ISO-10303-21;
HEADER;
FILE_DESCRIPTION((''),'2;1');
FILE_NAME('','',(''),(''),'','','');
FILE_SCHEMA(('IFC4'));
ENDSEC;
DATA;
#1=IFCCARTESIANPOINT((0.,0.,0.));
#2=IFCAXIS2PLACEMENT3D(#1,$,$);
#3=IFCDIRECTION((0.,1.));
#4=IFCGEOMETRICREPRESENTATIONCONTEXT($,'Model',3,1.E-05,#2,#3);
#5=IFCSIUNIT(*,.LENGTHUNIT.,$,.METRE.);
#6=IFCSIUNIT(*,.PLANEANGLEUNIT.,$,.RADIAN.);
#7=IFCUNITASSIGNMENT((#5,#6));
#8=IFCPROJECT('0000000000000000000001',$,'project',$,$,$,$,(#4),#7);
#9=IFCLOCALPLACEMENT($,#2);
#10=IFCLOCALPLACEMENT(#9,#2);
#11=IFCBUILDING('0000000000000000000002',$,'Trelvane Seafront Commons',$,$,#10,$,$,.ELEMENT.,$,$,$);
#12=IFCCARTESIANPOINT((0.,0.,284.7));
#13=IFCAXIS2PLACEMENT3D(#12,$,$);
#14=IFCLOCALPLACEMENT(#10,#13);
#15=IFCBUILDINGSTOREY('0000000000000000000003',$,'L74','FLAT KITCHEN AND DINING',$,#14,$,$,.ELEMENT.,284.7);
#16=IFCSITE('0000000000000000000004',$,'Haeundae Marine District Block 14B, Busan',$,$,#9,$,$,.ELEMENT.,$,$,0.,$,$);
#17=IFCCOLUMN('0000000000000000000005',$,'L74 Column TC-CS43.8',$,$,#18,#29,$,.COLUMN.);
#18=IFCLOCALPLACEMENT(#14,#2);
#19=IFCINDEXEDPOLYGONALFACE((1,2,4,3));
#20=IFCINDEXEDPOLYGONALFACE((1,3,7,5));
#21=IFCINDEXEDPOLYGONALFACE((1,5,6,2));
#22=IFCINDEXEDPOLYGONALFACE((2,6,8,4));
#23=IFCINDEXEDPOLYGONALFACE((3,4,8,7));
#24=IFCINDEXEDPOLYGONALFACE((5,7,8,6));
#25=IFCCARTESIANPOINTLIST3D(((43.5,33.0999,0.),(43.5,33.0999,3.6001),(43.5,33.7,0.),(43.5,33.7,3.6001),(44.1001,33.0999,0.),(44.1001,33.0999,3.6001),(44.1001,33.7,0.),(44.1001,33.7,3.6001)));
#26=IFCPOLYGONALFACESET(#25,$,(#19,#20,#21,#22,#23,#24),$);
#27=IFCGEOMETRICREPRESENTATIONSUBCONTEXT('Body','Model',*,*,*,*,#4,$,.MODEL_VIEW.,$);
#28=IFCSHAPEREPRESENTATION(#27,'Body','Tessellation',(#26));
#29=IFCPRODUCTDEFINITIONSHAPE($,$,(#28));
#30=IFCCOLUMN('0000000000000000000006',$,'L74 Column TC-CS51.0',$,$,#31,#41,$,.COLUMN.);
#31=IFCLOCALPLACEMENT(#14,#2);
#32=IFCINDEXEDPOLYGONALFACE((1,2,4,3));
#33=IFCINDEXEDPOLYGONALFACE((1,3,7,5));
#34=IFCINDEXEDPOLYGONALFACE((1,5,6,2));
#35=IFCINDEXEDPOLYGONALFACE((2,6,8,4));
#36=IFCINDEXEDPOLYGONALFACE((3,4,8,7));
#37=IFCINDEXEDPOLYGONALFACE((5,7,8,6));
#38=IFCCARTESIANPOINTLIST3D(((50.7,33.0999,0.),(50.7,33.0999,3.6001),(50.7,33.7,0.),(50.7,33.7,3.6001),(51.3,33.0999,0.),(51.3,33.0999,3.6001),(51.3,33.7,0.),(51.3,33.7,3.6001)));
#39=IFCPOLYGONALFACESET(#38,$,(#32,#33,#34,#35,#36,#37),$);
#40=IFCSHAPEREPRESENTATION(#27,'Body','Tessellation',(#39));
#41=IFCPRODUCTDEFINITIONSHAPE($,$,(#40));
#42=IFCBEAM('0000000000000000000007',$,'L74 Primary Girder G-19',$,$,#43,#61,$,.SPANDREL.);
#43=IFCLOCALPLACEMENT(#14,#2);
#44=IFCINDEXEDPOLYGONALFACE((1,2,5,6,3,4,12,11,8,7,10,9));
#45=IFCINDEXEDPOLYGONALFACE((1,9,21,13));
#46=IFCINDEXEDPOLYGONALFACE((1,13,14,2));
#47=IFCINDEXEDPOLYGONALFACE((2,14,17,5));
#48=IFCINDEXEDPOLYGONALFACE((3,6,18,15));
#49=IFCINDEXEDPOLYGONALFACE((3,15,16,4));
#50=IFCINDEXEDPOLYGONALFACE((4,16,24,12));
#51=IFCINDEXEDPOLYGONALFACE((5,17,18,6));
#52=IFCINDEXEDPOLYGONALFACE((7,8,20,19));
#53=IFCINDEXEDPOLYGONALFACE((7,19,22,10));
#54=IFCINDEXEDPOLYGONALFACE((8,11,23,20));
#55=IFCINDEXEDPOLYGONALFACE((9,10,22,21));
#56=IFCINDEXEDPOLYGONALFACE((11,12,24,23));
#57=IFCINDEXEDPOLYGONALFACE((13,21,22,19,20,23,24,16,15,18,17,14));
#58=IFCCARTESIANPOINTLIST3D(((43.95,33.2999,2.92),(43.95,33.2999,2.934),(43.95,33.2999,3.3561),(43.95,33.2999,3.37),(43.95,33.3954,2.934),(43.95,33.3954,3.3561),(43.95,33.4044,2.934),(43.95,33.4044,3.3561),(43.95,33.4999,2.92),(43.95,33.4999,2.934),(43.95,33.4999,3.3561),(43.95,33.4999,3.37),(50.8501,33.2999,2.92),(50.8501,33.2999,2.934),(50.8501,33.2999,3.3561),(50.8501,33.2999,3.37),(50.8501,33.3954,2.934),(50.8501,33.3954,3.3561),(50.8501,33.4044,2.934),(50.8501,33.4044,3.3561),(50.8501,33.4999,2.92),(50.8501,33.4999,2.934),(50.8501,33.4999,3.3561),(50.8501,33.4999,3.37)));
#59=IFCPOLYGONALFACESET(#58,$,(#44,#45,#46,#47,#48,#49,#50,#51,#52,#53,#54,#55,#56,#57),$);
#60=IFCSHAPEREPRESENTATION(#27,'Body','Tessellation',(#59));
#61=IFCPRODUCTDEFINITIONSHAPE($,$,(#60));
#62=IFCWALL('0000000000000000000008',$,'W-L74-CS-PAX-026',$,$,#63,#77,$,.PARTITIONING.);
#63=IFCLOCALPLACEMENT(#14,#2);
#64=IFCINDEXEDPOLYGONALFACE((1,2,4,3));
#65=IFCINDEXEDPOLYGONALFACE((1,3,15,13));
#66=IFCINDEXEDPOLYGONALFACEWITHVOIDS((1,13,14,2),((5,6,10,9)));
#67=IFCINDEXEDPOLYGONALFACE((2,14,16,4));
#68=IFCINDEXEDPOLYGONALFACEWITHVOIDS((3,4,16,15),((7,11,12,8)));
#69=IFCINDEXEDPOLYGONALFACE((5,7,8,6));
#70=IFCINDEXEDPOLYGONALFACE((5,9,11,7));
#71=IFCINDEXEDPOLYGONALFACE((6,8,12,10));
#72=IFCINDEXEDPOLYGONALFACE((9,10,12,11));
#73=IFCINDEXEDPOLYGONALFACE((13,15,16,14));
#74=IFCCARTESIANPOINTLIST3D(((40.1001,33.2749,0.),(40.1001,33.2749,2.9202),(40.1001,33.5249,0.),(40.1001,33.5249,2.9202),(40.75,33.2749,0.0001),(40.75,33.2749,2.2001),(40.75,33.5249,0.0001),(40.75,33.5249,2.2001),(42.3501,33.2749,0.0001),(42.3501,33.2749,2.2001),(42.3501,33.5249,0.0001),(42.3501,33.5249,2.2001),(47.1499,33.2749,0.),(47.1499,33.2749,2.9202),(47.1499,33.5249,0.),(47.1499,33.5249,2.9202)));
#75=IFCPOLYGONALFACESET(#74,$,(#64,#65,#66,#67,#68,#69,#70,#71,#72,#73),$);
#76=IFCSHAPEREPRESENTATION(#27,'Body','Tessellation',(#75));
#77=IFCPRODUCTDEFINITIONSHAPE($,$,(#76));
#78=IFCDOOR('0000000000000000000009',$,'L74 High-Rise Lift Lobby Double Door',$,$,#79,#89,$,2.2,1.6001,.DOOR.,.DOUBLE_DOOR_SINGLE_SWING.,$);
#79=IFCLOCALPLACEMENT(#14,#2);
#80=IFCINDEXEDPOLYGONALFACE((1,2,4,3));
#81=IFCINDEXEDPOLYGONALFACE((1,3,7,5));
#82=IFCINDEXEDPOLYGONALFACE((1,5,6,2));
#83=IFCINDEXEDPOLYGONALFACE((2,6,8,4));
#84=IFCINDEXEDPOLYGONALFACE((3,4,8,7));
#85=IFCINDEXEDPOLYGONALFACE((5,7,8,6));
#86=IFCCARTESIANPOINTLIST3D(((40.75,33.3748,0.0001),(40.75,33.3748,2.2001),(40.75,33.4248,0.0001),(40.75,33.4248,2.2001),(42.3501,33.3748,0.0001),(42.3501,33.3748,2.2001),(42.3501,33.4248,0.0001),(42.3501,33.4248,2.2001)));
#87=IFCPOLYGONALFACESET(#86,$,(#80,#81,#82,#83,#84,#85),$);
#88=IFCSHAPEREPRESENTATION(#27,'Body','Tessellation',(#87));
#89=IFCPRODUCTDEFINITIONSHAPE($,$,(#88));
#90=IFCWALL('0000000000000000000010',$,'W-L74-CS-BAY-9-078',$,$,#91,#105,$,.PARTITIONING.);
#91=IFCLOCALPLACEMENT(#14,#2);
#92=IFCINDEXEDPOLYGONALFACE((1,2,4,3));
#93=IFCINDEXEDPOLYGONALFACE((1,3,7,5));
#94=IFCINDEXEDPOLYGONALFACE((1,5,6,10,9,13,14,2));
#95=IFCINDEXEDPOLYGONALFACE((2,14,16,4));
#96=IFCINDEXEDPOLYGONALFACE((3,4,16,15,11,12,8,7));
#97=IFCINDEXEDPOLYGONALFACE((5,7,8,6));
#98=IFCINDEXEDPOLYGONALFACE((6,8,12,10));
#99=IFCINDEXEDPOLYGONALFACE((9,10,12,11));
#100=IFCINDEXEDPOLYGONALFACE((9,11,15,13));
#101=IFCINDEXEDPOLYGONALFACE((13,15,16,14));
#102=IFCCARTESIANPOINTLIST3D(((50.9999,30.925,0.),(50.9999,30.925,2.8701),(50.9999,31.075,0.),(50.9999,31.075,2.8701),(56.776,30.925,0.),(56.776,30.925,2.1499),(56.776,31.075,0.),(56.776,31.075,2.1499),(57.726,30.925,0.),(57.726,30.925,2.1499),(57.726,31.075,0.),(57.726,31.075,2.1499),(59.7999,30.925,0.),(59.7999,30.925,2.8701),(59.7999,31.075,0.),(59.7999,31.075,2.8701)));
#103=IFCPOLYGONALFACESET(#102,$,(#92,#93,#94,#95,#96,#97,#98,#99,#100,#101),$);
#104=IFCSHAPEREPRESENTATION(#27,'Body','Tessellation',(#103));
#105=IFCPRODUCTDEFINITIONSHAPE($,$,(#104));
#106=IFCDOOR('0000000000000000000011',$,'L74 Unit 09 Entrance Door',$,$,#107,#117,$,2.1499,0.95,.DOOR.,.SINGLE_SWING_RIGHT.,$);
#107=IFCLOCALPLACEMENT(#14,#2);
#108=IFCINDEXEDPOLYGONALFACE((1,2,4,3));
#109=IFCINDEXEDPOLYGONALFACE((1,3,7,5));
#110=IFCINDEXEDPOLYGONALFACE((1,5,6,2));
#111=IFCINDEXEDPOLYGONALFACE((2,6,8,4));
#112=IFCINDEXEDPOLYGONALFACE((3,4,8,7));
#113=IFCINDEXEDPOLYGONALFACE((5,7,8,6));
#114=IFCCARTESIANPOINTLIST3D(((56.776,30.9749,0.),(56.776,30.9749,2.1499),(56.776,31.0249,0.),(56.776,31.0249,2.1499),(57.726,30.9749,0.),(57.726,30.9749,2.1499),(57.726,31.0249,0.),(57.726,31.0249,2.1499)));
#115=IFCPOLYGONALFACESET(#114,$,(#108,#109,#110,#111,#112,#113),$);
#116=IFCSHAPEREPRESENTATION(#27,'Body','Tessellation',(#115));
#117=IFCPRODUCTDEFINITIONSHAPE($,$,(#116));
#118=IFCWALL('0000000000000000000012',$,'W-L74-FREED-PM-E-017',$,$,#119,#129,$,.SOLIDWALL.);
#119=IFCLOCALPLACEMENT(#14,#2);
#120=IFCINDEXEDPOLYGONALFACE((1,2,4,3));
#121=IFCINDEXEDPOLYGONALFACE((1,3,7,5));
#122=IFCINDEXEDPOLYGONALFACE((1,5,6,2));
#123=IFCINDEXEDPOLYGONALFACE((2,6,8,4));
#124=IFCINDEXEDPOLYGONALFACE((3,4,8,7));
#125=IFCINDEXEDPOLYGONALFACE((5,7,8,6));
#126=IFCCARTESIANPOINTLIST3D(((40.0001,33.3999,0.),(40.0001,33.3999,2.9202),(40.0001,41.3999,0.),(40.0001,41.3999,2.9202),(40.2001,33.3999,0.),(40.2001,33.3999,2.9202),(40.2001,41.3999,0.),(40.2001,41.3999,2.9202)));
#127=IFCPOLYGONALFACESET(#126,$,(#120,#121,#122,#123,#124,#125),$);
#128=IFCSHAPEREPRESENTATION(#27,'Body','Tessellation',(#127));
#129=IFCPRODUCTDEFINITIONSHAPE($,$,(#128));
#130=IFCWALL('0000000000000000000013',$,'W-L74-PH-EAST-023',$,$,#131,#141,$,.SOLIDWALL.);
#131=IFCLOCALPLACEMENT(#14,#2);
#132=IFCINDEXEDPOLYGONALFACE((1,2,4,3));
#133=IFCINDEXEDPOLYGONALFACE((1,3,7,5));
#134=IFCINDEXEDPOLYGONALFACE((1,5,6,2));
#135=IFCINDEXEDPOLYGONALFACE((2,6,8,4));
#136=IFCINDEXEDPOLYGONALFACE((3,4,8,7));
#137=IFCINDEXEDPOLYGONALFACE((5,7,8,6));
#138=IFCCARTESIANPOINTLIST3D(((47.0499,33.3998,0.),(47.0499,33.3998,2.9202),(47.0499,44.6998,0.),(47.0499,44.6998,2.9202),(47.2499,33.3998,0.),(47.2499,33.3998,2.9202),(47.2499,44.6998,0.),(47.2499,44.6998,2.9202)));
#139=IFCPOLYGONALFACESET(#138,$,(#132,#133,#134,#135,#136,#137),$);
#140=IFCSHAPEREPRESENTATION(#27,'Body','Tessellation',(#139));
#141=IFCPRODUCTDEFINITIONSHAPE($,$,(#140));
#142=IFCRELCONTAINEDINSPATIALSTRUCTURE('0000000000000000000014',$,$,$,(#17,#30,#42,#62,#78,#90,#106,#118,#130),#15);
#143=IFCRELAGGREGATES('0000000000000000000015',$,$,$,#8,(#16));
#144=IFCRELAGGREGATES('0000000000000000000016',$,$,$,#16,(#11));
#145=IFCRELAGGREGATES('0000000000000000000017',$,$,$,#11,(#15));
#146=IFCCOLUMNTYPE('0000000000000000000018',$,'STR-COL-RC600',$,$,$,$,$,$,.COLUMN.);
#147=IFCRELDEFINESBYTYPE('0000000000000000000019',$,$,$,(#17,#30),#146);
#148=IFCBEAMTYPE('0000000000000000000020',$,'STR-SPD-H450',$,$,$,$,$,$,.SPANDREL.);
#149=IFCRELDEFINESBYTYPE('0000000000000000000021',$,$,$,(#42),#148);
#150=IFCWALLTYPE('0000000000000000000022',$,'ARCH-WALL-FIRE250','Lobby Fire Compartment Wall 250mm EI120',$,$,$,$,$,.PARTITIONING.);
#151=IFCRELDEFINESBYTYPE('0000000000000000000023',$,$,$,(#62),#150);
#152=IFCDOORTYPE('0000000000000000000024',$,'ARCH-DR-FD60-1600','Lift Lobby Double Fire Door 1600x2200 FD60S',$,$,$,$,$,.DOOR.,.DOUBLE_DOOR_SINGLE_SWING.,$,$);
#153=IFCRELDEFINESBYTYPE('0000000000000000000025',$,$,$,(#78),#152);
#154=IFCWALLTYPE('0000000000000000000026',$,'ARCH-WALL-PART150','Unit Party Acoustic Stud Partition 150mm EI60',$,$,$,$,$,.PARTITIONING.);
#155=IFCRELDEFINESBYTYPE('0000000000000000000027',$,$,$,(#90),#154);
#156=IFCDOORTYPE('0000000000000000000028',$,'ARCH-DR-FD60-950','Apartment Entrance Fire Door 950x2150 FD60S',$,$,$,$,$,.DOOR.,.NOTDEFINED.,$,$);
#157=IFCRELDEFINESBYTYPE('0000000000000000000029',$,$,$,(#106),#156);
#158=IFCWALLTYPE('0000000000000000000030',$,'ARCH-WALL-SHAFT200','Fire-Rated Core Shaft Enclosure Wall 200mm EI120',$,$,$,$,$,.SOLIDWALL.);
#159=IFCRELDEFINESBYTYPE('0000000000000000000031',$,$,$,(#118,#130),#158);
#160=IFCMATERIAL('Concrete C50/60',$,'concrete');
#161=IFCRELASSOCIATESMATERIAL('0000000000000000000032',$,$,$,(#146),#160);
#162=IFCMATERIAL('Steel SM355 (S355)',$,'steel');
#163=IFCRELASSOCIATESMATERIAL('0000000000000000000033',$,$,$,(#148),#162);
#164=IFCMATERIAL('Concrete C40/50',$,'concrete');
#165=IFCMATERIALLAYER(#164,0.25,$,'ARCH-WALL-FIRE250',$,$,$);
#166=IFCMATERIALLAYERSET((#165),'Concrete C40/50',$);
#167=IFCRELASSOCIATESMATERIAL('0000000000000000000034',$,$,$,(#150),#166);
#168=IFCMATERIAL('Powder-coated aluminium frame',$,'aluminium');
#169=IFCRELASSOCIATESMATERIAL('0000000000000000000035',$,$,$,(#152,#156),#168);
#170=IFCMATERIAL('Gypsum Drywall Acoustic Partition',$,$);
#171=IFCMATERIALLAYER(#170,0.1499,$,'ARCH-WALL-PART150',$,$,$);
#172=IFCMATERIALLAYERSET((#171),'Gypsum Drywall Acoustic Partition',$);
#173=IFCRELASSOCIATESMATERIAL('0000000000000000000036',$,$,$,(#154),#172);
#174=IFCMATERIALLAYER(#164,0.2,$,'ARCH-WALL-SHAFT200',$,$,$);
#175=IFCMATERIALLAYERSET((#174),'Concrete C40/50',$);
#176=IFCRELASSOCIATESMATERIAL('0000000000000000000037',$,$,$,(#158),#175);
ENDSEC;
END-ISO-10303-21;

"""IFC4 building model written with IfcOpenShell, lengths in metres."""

from ifc_helpers import new_model, si_unit, direction, frame, frame_2d, origin, origin_2d, place, context, subcontext, project, spatial, rectangle, i_section, extrude, source, transform, mapped, material, layer, layer_set, material_profile, profile_set, type_object, element, fill, save


model = new_model("IFC4")

# Units and contexts
model_context = context("Model", 3, precision=1e-05, world=origin(), true_north=direction((0.0, 1.0)))
body_context = subcontext(model_context, "Body", "Model", "MODEL_VIEW")
ifc_project = project(units=[si_unit("LENGTHUNIT", "METRE"), si_unit("PLANEANGLEUNIT", "RADIAN")], contexts=[model_context])

# Site, building, storey
site_placement = place(None, origin())
site = spatial("IfcSite", under=ifc_project, at=site_placement, Name="Haeundae Marine District Block 14B, Busan", CompositionType="ELEMENT", RefElevation=0.0)
building_placement = place(site_placement, origin())
building = spatial("IfcBuilding", under=site, at=building_placement, Name="Trelvane Seafront Commons", CompositionType="ELEMENT")
storey_placement = place(building_placement, frame((0.0, 0.0, 284.7)))
storey = spatial("IfcBuildingStorey", under=building, at=storey_placement, Name="L74", Description="FLAT KITCHEN AND DINING", CompositionType="ELEMENT", Elevation=284.7)

# Columns
ifc_material_1 = material(Name="Concrete C50/60", Category="concrete")
ifc_material_profile_1 = material_profile(ifc_material_1, rectangle(XDim=0.6001, YDim=0.6001, at=origin_2d()), Name="RC-600x600")
ifc_profile_set_1 = profile_set([ifc_material_profile_1], Name="Concrete C50/60")
column_type = type_object("IfcColumnType", Name="STR-COL-RC600", PredefinedType="COLUMN", material=ifc_profile_set_1)
shared_shape_1 = source(origin(), body_context, "Body", "SweptSolid", [
    extrude(rectangle(XDim=0.6001, YDim=0.6001, at=origin_2d()), origin(), (0.0, 0.0, 1.0), 3.6001),
])
for number, where, z_axis, x_axis, name in (
    (1, (43.8, 33.3999, 0.0), (0.0, 0.0, 1.0), (1.0, 0.0, 0.0), "L74 Column TC-CS43.8"),
    (2, (51.0, 33.3999, 0.0), (0.0, 0.0, 1.0), (1.0, 0.0, 0.0), "L74 Column TC-CS51.0"),
):
    element("IfcColumn", number, at=place(storey_placement, frame(where, z_axis=z_axis, x_axis=x_axis)), inside=storey, type_object=column_type, Name=name, PredefinedType="COLUMN", context=body_context, shape_type="MappedRepresentation", body=[
        mapped(shared_shape_1, transform((0.0, 0.0, 0.0), x_axis=(1.0, 0.0, 0.0), y_axis=(0.0, 1.0, 0.0), z_axis=(0.0, 0.0, 1.0), scale=1.0)),
    ])

# Beam
ifc_material_2 = material(Name="Steel SM355 (S355)", Category="steel")
ifc_material_profile_2 = material_profile(ifc_material_2, i_section(OverallWidth=0.2, OverallDepth=0.45, WebThickness=0.009, FlangeThickness=0.0139, at=origin_2d()), Name="H-450x200x9x14")
ifc_profile_set_2 = profile_set([ifc_material_profile_2], Name="Steel SM355 (S355)")
beam_type = type_object("IfcBeamType", Name="STR-SPD-H450", PredefinedType="SPANDREL", material=ifc_profile_set_2)
shared_shape_2 = source(origin(), body_context, "Body", "SweptSolid", [
    extrude(i_section(OverallWidth=0.2, OverallDepth=0.45, WebThickness=0.009, FlangeThickness=0.0139, at=origin_2d()), origin(), (0.0, 0.0, 1.0), 6.9001),
])
beam_placement = place(storey_placement, frame((43.95, 33.3999, 3.145), z_axis=(1.0, 0.0, 0.0), x_axis=(0.0, 1.0, 0.0)))
element("IfcBeam", 3, at=beam_placement, inside=storey, type_object=beam_type, Name="L74 Primary Girder G-19", PredefinedType="SPANDREL", context=body_context, shape_type="MappedRepresentation", body=[
    mapped(shared_shape_2, transform((0.0, 0.0, 0.0), x_axis=(1.0, 0.0, 0.0), y_axis=(0.0, 1.0, 0.0), z_axis=(0.0, 0.0, 1.0), scale=1.0)),
])

# Wall, opening, door
ifc_material_3 = material(Name="Concrete C40/50", Category="concrete")
ifc_layer_1 = layer(ifc_material_3, 0.25, Name="ARCH-WALL-FIRE250")
ifc_layer_set_1 = layer_set([ifc_layer_1], Name="Concrete C40/50")
wall_type_1 = type_object("IfcWallType", Name="ARCH-WALL-FIRE250", Description="Lobby Fire Compartment Wall 250mm EI120", PredefinedType="PARTITIONING", material=ifc_layer_set_1)
wall_1_placement = place(storey_placement, frame((40.1001, 33.3999, 0.0), z_axis=(0.0, 0.0, 1.0), x_axis=(1.0, 0.0, 0.0)))
wall_1 = element("IfcWall", 4, at=wall_1_placement, inside=storey, type_object=wall_type_1, Name="W-L74-CS-PAX-026", PredefinedType="PARTITIONING", context=body_context, shape_type="SweptSolid", body=[
    extrude(rectangle(XDim=7.0498, YDim=0.25, at=frame_2d((3.5249, 0.0))), origin(), (0.0, 0.0, 1.0), 2.9202),
])
opening_1_placement = place(wall_1_placement, frame((0.6499, 0.0, 0.0)))
opening_1 = element("IfcOpeningElement", 5, at=opening_1_placement, cuts=wall_1, PredefinedType="OPENING", context=body_context, shape_type="SweptSolid", body=[
    extrude(rectangle(XDim=1.6001, YDim=2.2, at=frame_2d((0.8, 1.1001))), frame((0.0, 0.135, 0.0), z_axis=(0.0, -1.0, 0.0), x_axis=(1.0, 0.0, 0.0)), (0.0, 0.0, 1.0), 0.27),
])
ifc_material_4 = material(Name="Powder-coated aluminium frame", Category="aluminium")
door_type_1 = type_object("IfcDoorType", Name="ARCH-DR-FD60-1600", Description="Lift Lobby Double Fire Door 1600x2200 FD60S", OperationType="DOUBLE_DOOR_SINGLE_SWING", PredefinedType="DOOR", material=ifc_material_4)
shared_shape_3 = source(origin(), body_context, "Body", "SweptSolid", [
    extrude(rectangle(XDim=1.6001, YDim=2.2, at=frame_2d((0.8, 1.1001))), frame((0.0, 0.0249, 0.0), z_axis=(0.0, -1.0, 0.0), x_axis=(1.0, 0.0, 0.0)), (0.0, 0.0, 1.0), 0.05),
])
door_1_placement = place(opening_1_placement, origin())
door_1 = element("IfcDoor", 6, at=door_1_placement, inside=storey, type_object=door_type_1, Name="L74 High-Rise Lift Lobby Double Door", OperationType="DOUBLE_DOOR_SINGLE_SWING", OverallHeight=2.2, OverallWidth=1.6001, PredefinedType="DOOR", context=body_context, shape_type="MappedRepresentation", body=[
    mapped(shared_shape_3, transform((0.0, 0.0, 0.0), x_axis=(1.0, 0.0, 0.0), y_axis=(0.0, 1.0, 0.0), z_axis=(0.0, 0.0, 1.0), scale=1.0)),
])
fill(opening_1, door_1)

# Shared definitions
door_type_2 = type_object("IfcDoorType", Name="ARCH-DR-FD60-950", Description="Apartment Entrance Fire Door 950x2150 FD60S", OperationType="NOTDEFINED", PredefinedType="DOOR", material=ifc_material_4)
shared_shape_4 = source(origin(), body_context, "Body", "SweptSolid", [
    extrude(rectangle(XDim=0.95, YDim=2.1499, at=frame_2d((0.4751, 1.075))), frame((0.0, 0.0249, 0.0), z_axis=(0.0, -1.0, 0.0), x_axis=(1.0, 0.0, 0.0)), (0.0, 0.0, 1.0), 0.05),
])
ifc_material_5 = material(Name="Gypsum Drywall Acoustic Partition")

# Wall, opening, door
ifc_layer_2 = layer(ifc_material_5, 0.1499, Name="ARCH-WALL-PART150")
ifc_layer_set_2 = layer_set([ifc_layer_2], Name="Gypsum Drywall Acoustic Partition")
wall_type_2 = type_object("IfcWallType", Name="ARCH-WALL-PART150", Description="Unit Party Acoustic Stud Partition 150mm EI60", PredefinedType="PARTITIONING", material=ifc_layer_set_2)
wall_2_placement = place(storey_placement, frame((51.0, 31.0, 0.0), z_axis=(0.0, 0.0, 1.0), x_axis=(1.0, 0.0, 0.0)))
wall_2 = element("IfcWall", 7, at=wall_2_placement, inside=storey, type_object=wall_type_2, Name="W-L74-CS-BAY-9-078", PredefinedType="PARTITIONING", context=body_context, shape_type="SweptSolid", body=[
    extrude(rectangle(XDim=8.8, YDim=0.1499, at=frame_2d((4.3999, 0.0))), origin(), (0.0, 0.0, 1.0), 2.8701),
])
opening_2_placement = place(wall_2_placement, frame((5.7759, 0.0, 0.0)))
opening_2 = element("IfcOpeningElement", 8, at=opening_2_placement, cuts=wall_2, PredefinedType="OPENING", context=body_context, shape_type="SweptSolid", body=[
    extrude(rectangle(XDim=0.95, YDim=2.1499, at=frame_2d((0.4751, 1.075))), frame((0.0, 0.085, 0.0), z_axis=(0.0, -1.0, 0.0), x_axis=(1.0, 0.0, 0.0)), (0.0, 0.0, 1.0), 0.1699),
])
door_2_placement = place(opening_2_placement, origin())
door_2 = element("IfcDoor", 9, at=door_2_placement, inside=storey, type_object=door_type_2, Name="L74 Unit 09 Entrance Door", OperationType="SINGLE_SWING_RIGHT", OverallHeight=2.1499, OverallWidth=0.95, PredefinedType="DOOR", context=body_context, shape_type="MappedRepresentation", body=[
    mapped(shared_shape_4, transform((0.0, 0.0, 0.0), x_axis=(1.0, 0.0, 0.0), y_axis=(0.0, 1.0, 0.0), z_axis=(0.0, 0.0, 1.0), scale=1.0)),
])
fill(opening_2, door_2)

# Walls
ifc_layer_3 = layer(ifc_material_3, 0.2, Name="ARCH-WALL-SHAFT200")
ifc_layer_set_3 = layer_set([ifc_layer_3], Name="Concrete C40/50")
wall_type_3 = type_object("IfcWallType", Name="ARCH-WALL-SHAFT200", Description="Fire-Rated Core Shaft Enclosure Wall 200mm EI120", PredefinedType="SOLIDWALL", material=ifc_layer_set_3)
wall_3_placement = place(storey_placement, frame((40.1001, 33.3999, 0.0), z_axis=(0.0, 0.0, 1.0), x_axis=(0.0, 1.0, 0.0)))
element("IfcWall", 10, at=wall_3_placement, inside=storey, type_object=wall_type_3, Name="W-L74-FREED-PM-E-017", PredefinedType="SOLIDWALL", context=body_context, shape_type="SweptSolid", body=[
    extrude(rectangle(XDim=8.0, YDim=0.2, at=frame_2d((4.0, 0.0))), origin(), (0.0, 0.0, 1.0), 2.9202),
])
wall_4_placement = place(storey_placement, frame((47.1499, 33.3999, 0.0), z_axis=(0.0, 0.0, 1.0), x_axis=(0.0, 1.0, 0.0)))
element("IfcWall", 11, at=wall_4_placement, inside=storey, type_object=wall_type_3, Name="W-L74-PH-EAST-023", PredefinedType="SOLIDWALL", context=body_context, shape_type="SweptSolid", body=[
    extrude(rectangle(XDim=11.3, YDim=0.2, at=frame_2d((5.6499, 0.0))), origin(), (0.0, 0.0, 1.0), 2.9202),
])

save(model, "model.ifc")
